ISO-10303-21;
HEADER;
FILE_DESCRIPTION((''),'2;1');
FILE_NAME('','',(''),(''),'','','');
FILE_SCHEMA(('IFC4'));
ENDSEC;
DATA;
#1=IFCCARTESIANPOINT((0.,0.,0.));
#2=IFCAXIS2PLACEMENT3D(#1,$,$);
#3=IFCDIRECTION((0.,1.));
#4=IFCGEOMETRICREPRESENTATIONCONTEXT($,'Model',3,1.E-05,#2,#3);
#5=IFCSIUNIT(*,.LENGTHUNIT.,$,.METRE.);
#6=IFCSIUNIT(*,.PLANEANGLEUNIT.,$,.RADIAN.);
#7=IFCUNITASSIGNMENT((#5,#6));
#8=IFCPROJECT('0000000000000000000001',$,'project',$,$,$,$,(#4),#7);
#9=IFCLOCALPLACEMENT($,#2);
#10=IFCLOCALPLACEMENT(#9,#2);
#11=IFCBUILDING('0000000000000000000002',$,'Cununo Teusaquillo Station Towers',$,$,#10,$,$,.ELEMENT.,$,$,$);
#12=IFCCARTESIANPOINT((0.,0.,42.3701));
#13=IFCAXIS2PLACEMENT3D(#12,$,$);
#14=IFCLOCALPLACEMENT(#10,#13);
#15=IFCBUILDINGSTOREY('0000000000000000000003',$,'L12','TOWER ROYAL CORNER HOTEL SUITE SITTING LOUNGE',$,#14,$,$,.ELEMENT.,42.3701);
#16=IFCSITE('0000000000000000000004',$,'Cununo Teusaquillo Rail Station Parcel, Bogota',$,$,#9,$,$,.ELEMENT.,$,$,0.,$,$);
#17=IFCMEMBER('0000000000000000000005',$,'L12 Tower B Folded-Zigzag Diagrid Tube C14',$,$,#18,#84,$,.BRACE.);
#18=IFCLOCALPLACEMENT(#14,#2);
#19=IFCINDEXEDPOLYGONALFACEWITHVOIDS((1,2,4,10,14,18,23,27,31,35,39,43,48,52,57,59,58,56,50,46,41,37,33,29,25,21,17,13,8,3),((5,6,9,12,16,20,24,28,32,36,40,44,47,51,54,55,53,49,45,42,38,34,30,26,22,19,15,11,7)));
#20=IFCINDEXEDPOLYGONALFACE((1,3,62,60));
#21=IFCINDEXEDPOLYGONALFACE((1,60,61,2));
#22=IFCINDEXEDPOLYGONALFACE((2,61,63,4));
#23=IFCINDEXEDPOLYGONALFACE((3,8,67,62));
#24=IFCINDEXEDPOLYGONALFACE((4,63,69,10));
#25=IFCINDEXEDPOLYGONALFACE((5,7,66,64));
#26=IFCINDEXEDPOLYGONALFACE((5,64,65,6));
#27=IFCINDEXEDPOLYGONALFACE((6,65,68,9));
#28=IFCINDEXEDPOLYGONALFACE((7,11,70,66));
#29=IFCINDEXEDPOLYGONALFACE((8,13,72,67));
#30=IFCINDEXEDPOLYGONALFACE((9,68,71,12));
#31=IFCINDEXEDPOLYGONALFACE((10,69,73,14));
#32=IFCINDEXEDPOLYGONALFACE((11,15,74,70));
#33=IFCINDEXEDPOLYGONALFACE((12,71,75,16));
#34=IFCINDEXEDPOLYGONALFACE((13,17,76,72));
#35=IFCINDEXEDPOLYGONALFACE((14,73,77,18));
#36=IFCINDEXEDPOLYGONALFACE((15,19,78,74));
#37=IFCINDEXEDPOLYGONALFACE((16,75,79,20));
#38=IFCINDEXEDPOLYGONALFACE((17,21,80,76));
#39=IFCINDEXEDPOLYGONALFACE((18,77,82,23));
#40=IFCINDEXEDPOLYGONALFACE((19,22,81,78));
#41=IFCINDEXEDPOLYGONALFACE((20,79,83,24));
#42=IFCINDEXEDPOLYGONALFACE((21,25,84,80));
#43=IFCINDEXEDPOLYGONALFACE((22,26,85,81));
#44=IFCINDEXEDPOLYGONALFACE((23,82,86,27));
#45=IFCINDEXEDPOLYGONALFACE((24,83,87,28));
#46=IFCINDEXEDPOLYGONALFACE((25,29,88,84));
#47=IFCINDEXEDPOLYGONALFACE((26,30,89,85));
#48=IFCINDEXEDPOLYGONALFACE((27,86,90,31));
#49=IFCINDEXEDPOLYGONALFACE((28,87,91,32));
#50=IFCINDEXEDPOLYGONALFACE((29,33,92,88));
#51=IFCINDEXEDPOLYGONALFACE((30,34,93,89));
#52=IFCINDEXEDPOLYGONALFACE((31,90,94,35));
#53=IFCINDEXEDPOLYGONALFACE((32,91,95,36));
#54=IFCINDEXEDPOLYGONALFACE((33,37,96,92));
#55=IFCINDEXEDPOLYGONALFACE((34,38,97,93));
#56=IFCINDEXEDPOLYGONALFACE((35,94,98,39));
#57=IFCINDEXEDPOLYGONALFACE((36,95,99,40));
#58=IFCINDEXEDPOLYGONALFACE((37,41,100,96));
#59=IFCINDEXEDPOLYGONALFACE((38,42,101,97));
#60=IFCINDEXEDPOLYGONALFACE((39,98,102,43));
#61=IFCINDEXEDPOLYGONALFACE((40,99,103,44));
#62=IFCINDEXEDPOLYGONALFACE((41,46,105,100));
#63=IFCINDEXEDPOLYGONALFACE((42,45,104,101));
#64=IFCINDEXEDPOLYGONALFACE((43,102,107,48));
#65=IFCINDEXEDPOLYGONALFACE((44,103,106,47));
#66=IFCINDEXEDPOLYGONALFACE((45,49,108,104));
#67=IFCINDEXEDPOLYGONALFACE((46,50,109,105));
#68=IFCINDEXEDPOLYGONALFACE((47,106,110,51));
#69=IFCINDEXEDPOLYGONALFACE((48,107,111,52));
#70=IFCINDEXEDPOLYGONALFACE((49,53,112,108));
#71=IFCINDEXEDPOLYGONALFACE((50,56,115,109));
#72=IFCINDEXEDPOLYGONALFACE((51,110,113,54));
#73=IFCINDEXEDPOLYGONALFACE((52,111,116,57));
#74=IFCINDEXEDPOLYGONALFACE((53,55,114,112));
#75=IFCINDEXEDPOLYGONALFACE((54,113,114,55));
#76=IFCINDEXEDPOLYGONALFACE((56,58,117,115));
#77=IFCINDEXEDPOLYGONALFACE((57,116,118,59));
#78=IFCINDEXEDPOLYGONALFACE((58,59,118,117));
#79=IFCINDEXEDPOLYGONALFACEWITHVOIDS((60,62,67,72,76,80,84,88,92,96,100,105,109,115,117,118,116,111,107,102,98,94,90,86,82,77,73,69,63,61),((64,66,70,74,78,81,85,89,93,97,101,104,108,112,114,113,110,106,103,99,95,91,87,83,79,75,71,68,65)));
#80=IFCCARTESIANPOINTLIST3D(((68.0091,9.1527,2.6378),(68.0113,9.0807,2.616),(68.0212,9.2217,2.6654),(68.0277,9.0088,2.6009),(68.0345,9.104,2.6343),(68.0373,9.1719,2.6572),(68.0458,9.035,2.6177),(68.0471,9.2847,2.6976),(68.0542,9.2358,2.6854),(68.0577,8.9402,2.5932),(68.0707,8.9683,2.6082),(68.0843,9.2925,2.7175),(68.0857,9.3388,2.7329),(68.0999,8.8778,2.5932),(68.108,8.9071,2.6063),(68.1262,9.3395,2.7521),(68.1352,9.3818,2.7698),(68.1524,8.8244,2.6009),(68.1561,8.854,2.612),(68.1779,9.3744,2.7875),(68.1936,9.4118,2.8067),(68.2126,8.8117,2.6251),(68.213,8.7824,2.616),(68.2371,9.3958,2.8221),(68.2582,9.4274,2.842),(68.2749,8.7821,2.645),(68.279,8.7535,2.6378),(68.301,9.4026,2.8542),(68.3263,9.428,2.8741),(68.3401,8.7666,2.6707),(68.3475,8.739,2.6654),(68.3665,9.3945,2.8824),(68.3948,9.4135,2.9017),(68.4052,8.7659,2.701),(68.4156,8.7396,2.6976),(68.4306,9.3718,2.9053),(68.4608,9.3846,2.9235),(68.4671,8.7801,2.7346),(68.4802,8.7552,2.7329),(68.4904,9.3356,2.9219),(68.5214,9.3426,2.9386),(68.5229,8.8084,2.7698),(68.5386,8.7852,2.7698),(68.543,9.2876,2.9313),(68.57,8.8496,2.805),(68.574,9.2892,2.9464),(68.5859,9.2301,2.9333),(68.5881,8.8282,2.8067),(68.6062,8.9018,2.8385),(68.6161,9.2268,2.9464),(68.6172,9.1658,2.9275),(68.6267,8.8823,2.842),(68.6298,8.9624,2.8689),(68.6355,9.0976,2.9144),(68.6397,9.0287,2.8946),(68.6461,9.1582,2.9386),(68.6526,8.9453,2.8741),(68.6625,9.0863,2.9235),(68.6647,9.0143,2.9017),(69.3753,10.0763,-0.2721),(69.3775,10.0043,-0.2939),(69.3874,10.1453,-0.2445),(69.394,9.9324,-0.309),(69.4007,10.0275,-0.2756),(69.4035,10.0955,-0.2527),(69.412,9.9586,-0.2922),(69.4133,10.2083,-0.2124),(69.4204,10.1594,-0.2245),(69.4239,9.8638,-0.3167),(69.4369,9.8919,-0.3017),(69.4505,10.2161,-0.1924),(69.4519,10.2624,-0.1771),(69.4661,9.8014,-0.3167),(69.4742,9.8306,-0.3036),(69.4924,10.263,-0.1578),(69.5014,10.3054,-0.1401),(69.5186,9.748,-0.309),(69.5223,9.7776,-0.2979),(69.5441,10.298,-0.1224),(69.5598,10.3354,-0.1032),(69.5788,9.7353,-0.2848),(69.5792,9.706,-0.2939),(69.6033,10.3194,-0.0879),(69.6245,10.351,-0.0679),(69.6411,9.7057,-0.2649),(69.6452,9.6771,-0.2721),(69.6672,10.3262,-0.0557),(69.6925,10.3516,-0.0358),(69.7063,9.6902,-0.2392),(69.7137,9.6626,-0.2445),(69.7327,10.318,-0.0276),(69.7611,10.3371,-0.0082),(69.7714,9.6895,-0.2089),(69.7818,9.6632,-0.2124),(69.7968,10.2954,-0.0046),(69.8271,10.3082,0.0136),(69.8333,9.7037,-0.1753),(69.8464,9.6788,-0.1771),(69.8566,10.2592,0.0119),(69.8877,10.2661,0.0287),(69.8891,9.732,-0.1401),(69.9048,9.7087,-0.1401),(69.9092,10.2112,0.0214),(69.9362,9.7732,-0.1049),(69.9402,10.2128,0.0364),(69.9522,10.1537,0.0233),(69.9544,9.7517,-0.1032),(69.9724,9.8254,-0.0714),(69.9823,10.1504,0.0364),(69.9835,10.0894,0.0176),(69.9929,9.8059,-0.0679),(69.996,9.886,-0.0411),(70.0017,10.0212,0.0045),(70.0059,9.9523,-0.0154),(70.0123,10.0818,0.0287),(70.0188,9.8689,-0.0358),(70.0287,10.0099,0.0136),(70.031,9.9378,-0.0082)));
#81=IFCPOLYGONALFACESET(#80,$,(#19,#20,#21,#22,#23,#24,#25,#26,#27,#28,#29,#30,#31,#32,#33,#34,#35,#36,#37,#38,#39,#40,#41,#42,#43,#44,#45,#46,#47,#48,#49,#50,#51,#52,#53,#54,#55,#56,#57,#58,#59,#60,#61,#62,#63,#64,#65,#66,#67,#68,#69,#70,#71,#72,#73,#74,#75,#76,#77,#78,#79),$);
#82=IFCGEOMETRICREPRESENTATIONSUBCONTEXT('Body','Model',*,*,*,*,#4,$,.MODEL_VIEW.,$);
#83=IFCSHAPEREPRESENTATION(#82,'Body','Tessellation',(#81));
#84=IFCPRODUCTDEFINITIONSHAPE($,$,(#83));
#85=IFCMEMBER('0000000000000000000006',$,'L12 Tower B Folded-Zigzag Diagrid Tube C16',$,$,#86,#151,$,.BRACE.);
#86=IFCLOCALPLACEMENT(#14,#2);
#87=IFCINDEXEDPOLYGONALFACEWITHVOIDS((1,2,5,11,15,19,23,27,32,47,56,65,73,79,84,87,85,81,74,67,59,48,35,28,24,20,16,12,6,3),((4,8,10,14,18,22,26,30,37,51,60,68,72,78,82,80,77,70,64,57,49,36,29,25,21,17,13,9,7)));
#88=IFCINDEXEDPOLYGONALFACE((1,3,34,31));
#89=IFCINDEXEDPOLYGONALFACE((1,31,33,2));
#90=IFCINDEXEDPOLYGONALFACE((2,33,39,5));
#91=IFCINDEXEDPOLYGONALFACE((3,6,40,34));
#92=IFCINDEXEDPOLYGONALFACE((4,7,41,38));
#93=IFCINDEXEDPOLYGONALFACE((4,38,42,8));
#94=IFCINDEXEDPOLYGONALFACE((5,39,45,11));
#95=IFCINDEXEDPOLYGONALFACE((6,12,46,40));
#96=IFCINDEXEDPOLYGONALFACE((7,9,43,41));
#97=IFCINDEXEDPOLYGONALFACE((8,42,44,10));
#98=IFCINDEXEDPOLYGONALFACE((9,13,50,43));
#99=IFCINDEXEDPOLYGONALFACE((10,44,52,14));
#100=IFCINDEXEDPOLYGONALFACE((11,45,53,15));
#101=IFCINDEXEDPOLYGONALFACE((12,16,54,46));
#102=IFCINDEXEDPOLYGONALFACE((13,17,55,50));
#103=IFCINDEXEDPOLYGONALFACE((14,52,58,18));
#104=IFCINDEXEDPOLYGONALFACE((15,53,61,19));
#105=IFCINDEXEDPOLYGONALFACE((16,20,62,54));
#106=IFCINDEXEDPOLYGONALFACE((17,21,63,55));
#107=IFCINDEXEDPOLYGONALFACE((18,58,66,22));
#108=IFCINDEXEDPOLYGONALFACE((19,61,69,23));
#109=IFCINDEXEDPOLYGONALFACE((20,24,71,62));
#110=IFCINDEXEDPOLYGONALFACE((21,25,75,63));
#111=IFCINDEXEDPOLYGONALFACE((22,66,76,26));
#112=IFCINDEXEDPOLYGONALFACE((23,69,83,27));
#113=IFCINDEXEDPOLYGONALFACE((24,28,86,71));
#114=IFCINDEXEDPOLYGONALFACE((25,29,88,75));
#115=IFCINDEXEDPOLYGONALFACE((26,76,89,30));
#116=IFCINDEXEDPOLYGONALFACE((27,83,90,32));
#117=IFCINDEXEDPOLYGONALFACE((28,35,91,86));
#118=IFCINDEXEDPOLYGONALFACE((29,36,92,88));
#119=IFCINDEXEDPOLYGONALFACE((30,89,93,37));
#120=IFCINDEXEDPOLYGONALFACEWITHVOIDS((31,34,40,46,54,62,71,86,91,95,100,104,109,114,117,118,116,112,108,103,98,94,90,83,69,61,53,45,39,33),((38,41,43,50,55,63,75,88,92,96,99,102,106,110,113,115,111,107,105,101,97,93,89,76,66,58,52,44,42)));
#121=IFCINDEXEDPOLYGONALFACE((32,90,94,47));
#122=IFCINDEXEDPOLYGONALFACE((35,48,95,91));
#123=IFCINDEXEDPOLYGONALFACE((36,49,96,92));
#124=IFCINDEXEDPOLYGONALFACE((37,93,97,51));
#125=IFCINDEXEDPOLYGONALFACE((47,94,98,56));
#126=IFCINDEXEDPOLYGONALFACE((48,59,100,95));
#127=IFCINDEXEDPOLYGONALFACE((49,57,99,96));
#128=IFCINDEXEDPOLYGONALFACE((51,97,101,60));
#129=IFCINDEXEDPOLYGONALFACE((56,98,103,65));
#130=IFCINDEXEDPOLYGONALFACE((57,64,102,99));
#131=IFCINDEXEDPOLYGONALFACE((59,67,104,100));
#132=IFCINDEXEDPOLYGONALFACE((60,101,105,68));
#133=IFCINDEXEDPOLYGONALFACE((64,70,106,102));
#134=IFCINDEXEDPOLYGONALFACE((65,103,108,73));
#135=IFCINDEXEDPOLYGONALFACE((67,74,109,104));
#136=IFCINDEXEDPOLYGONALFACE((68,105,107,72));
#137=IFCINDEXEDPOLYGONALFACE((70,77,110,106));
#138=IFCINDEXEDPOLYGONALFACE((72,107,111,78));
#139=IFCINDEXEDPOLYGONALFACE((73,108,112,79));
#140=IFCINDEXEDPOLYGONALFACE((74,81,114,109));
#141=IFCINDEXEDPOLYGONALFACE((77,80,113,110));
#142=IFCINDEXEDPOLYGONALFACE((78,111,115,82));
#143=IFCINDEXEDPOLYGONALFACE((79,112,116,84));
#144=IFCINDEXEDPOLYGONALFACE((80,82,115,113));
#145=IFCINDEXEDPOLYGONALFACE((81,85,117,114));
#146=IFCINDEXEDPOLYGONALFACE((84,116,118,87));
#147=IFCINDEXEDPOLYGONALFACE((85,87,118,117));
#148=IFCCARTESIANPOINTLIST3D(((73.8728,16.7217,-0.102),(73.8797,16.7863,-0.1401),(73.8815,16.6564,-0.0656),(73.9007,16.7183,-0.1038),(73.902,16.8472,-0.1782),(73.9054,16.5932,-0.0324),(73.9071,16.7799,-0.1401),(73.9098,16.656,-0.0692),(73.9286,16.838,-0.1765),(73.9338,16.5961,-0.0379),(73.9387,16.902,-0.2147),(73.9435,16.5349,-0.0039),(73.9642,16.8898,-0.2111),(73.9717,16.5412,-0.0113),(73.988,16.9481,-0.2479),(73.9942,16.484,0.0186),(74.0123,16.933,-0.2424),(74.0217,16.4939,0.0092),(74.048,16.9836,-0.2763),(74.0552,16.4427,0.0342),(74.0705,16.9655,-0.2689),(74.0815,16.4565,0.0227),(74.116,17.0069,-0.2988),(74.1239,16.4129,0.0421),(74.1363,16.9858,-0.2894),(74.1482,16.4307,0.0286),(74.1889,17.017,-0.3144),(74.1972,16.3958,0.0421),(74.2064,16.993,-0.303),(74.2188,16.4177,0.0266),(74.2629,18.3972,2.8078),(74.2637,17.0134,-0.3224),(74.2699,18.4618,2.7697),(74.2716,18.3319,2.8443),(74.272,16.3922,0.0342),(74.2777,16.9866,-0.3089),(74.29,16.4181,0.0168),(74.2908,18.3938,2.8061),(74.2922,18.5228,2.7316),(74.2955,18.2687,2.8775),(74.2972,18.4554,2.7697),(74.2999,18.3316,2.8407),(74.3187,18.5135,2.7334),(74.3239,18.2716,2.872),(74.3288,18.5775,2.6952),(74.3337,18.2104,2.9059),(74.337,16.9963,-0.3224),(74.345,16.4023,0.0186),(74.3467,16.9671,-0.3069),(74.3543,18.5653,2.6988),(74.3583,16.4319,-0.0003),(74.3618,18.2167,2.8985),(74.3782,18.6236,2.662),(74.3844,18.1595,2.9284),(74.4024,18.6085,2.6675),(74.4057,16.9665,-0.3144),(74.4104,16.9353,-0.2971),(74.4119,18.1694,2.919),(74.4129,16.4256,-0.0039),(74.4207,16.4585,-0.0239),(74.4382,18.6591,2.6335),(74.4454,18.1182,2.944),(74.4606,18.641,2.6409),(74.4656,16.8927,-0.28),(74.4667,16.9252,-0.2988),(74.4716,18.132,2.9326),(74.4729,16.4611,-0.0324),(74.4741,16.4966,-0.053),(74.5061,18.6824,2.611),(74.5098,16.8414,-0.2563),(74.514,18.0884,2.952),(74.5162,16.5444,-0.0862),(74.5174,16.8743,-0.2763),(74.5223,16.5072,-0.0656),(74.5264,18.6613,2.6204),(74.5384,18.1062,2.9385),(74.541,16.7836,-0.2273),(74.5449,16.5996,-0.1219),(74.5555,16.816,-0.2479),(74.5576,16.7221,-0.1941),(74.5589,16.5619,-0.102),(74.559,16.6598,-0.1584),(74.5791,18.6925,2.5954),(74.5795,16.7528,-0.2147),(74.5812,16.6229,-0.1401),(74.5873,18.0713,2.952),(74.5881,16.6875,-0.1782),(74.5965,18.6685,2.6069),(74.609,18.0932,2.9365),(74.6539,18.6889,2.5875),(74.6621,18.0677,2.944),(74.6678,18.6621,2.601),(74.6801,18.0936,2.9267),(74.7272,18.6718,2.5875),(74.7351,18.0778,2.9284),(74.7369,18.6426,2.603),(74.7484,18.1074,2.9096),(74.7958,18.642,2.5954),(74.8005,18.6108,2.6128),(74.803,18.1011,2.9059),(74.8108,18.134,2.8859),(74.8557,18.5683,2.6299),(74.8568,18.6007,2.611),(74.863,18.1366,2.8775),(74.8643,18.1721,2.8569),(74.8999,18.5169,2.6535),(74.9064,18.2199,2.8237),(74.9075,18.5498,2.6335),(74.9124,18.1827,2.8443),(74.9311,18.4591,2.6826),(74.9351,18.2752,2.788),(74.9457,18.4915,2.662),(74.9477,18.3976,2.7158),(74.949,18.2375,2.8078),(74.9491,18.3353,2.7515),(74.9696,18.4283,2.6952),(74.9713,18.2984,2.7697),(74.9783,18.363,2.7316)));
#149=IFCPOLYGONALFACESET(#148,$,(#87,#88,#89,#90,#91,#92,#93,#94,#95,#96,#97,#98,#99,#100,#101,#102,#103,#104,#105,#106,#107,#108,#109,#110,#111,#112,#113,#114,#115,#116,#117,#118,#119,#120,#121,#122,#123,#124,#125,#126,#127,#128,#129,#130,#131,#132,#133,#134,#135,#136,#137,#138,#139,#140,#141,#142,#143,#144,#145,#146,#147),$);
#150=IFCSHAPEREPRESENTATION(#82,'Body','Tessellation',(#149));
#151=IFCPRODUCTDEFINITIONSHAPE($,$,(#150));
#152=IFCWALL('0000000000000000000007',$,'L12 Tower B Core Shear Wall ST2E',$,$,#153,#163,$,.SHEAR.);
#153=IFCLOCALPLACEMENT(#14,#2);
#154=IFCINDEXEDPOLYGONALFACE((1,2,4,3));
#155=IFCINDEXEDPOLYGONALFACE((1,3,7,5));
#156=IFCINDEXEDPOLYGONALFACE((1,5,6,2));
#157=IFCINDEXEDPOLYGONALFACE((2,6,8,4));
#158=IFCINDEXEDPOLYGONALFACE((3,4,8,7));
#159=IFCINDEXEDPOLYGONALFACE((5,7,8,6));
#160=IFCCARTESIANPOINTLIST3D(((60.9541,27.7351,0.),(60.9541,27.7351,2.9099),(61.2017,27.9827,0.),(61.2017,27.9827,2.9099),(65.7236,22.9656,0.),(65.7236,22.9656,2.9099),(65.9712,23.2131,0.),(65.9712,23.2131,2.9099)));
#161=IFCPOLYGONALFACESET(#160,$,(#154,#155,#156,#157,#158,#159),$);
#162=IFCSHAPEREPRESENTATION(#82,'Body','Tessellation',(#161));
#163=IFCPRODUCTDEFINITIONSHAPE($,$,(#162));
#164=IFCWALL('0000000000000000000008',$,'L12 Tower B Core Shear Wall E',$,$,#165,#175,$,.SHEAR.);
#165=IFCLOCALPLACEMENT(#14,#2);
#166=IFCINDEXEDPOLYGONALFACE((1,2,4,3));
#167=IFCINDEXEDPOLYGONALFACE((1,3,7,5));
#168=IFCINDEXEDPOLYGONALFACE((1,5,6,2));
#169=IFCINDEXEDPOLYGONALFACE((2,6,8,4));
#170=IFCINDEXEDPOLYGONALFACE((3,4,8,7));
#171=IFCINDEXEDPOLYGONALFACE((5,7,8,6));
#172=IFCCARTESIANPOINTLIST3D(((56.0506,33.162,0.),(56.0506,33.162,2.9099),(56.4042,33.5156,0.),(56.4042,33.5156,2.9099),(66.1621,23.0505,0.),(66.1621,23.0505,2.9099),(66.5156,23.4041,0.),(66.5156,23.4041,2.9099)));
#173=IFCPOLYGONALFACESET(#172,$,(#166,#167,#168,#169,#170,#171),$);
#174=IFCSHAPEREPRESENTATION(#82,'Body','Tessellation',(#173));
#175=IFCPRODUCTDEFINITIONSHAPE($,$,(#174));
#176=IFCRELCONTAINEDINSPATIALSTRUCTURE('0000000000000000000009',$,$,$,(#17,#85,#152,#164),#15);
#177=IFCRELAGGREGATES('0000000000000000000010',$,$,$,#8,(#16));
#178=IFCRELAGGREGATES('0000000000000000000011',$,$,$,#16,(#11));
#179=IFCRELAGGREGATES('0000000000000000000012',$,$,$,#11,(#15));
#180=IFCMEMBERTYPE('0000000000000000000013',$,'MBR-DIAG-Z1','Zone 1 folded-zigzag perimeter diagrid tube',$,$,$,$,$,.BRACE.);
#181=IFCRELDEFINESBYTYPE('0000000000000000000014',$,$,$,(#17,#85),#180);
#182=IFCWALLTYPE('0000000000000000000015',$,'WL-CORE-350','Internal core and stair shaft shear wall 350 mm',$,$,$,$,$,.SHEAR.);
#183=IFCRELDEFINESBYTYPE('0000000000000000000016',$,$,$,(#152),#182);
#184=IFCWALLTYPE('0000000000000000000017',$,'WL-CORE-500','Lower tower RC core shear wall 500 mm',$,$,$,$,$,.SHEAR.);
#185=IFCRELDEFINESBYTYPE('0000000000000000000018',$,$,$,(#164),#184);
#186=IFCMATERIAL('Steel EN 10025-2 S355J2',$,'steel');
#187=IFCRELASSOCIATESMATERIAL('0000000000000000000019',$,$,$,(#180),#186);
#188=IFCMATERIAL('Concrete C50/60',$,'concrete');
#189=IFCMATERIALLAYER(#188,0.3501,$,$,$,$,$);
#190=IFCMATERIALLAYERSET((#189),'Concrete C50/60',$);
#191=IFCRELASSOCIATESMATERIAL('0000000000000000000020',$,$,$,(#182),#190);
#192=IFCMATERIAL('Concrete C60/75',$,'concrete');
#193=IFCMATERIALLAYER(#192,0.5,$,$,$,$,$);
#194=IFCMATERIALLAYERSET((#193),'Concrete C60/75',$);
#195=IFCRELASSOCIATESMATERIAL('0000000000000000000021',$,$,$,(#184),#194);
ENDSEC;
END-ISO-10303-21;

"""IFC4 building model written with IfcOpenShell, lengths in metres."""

from ifc_helpers import new_model, si_unit, direction, frame, frame_2d, origin, origin_2d, place, context, subcontext, project, spatial, rectangle, hollow_circle, extrude, material, layer, layer_set, material_profile, profile_set, type_object, element, save


model = new_model("IFC4")

# Units and contexts
model_context = context("Model", 3, precision=1e-05, world=origin(), true_north=direction((0.0, 1.0)))
body_context = subcontext(model_context, "Body", "Model", "MODEL_VIEW")
ifc_project = project(units=[si_unit("LENGTHUNIT", "METRE"), si_unit("PLANEANGLEUNIT", "RADIAN")], contexts=[model_context])

# Site, building, storey
site_placement = place(None, origin())
site = spatial("IfcSite", under=ifc_project, at=site_placement, Name="Cununo Teusaquillo Rail Station Parcel, Bogota", CompositionType="ELEMENT", RefElevation=0.0)
building_placement = place(site_placement, origin())
building = spatial("IfcBuilding", under=site, at=building_placement, Name="Cununo Teusaquillo Station Towers", CompositionType="ELEMENT")
storey_placement = place(building_placement, frame((0.0, 0.0, 42.3701)))
storey = spatial("IfcBuildingStorey", under=building, at=storey_placement, Name="L12", Description="TOWER ROYAL CORNER HOTEL SUITE SITTING LOUNGE", CompositionType="ELEMENT", Elevation=42.3701)

# Members
ifc_material_1 = material(Name="Steel EN 10025-2 S355J2", Category="steel")
ifc_material_profile_1 = material_profile(ifc_material_1, hollow_circle(Radius=0.3601, WallThickness=0.0281, at=origin_2d()), Name="CHS 720x28")
ifc_profile_set_1 = profile_set([ifc_material_profile_1], Name="Steel EN 10025-2 S355J2")
member_type = type_object("IfcMemberType", Name="MBR-DIAG-Z1", Description="Zone 1 folded-zigzag perimeter diagrid tube", PredefinedType="BRACE", material=ifc_profile_set_1)
member_1_placement = place(storey_placement, frame((69.7031, 10.0071, -0.1401), z_axis=(-0.408468, -0.276132, 0.870003), x_axis=(0.560052, -0.828457, 0.0)))
element("IfcMember", 1, at=member_1_placement, inside=storey, type_object=member_type, Name="L12 Tower B Folded-Zigzag Diagrid Tube C14", PredefinedType="BRACE", context=body_context, shape_type="SweptSolid", body=[
    extrude(hollow_circle(Radius=0.3601, WallThickness=0.0281, at=origin_2d()), origin(), (0.0, 0.0, 1.0), 3.3447),
])
member_2_placement = place(storey_placement, frame((74.2305, 16.7046, -0.1401), z_axis=(0.115411, 0.49566, 0.860815), x_axis=(-0.973947, 0.226776, 0.0)))
element("IfcMember", 2, at=member_2_placement, inside=storey, type_object=member_type, Name="L12 Tower B Folded-Zigzag Diagrid Tube C16", PredefinedType="BRACE", context=body_context, shape_type="SweptSolid", body=[
    extrude(hollow_circle(Radius=0.3601, WallThickness=0.0281, at=origin_2d()), origin(), (0.0, 0.0, 1.0), 3.3804),
])

# Walls
ifc_material_2 = material(Name="Concrete C50/60", Category="concrete")
ifc_layer_1 = layer(ifc_material_2, 0.3501)
ifc_layer_set_1 = layer_set([ifc_layer_1], Name="Concrete C50/60")
wall_type_1 = type_object("IfcWallType", Name="WL-CORE-350", Description="Internal core and stair shaft shear wall 350 mm", PredefinedType="SHEAR", material=ifc_layer_set_1)
wall_1_placement = place(storey_placement, frame((65.8474, 23.0894, 0.0), z_axis=(0.0, 0.0, 1.0), x_axis=(-0.707107, 0.707107, 0.0)))
element("IfcWall", 3, at=wall_1_placement, inside=storey, type_object=wall_type_1, Name="L12 Tower B Core Shear Wall ST2E", PredefinedType="SHEAR", context=body_context, shape_type="SweptSolid", body=[
    extrude(rectangle(XDim=6.7451, YDim=0.3501, at=frame_2d((3.3726, 0.0))), origin(), (0.0, 0.0, 1.0), 2.9099),
])
ifc_material_3 = material(Name="Concrete C60/75", Category="concrete")
ifc_layer_2 = layer(ifc_material_3, 0.5)
ifc_layer_set_2 = layer_set([ifc_layer_2], Name="Concrete C60/75")
wall_type_2 = type_object("IfcWallType", Name="WL-CORE-500", Description="Lower tower RC core shear wall 500 mm", PredefinedType="SHEAR", material=ifc_layer_set_2)
wall_2_placement = place(storey_placement, frame((66.3389, 23.2273, 0.0), z_axis=(0.0, 0.0, 1.0), x_axis=(-0.707107, 0.707107, 0.0)))
element("IfcWall", 4, at=wall_2_placement, inside=storey, type_object=wall_type_2, Name="L12 Tower B Core Shear Wall E", PredefinedType="SHEAR", context=body_context, shape_type="SweptSolid", body=[
    extrude(rectangle(XDim=14.2998, YDim=0.5, at=frame_2d((7.1499, 0.0))), origin(), (0.0, 0.0, 1.0), 2.9099),
])

save(model, "model.ifc")
